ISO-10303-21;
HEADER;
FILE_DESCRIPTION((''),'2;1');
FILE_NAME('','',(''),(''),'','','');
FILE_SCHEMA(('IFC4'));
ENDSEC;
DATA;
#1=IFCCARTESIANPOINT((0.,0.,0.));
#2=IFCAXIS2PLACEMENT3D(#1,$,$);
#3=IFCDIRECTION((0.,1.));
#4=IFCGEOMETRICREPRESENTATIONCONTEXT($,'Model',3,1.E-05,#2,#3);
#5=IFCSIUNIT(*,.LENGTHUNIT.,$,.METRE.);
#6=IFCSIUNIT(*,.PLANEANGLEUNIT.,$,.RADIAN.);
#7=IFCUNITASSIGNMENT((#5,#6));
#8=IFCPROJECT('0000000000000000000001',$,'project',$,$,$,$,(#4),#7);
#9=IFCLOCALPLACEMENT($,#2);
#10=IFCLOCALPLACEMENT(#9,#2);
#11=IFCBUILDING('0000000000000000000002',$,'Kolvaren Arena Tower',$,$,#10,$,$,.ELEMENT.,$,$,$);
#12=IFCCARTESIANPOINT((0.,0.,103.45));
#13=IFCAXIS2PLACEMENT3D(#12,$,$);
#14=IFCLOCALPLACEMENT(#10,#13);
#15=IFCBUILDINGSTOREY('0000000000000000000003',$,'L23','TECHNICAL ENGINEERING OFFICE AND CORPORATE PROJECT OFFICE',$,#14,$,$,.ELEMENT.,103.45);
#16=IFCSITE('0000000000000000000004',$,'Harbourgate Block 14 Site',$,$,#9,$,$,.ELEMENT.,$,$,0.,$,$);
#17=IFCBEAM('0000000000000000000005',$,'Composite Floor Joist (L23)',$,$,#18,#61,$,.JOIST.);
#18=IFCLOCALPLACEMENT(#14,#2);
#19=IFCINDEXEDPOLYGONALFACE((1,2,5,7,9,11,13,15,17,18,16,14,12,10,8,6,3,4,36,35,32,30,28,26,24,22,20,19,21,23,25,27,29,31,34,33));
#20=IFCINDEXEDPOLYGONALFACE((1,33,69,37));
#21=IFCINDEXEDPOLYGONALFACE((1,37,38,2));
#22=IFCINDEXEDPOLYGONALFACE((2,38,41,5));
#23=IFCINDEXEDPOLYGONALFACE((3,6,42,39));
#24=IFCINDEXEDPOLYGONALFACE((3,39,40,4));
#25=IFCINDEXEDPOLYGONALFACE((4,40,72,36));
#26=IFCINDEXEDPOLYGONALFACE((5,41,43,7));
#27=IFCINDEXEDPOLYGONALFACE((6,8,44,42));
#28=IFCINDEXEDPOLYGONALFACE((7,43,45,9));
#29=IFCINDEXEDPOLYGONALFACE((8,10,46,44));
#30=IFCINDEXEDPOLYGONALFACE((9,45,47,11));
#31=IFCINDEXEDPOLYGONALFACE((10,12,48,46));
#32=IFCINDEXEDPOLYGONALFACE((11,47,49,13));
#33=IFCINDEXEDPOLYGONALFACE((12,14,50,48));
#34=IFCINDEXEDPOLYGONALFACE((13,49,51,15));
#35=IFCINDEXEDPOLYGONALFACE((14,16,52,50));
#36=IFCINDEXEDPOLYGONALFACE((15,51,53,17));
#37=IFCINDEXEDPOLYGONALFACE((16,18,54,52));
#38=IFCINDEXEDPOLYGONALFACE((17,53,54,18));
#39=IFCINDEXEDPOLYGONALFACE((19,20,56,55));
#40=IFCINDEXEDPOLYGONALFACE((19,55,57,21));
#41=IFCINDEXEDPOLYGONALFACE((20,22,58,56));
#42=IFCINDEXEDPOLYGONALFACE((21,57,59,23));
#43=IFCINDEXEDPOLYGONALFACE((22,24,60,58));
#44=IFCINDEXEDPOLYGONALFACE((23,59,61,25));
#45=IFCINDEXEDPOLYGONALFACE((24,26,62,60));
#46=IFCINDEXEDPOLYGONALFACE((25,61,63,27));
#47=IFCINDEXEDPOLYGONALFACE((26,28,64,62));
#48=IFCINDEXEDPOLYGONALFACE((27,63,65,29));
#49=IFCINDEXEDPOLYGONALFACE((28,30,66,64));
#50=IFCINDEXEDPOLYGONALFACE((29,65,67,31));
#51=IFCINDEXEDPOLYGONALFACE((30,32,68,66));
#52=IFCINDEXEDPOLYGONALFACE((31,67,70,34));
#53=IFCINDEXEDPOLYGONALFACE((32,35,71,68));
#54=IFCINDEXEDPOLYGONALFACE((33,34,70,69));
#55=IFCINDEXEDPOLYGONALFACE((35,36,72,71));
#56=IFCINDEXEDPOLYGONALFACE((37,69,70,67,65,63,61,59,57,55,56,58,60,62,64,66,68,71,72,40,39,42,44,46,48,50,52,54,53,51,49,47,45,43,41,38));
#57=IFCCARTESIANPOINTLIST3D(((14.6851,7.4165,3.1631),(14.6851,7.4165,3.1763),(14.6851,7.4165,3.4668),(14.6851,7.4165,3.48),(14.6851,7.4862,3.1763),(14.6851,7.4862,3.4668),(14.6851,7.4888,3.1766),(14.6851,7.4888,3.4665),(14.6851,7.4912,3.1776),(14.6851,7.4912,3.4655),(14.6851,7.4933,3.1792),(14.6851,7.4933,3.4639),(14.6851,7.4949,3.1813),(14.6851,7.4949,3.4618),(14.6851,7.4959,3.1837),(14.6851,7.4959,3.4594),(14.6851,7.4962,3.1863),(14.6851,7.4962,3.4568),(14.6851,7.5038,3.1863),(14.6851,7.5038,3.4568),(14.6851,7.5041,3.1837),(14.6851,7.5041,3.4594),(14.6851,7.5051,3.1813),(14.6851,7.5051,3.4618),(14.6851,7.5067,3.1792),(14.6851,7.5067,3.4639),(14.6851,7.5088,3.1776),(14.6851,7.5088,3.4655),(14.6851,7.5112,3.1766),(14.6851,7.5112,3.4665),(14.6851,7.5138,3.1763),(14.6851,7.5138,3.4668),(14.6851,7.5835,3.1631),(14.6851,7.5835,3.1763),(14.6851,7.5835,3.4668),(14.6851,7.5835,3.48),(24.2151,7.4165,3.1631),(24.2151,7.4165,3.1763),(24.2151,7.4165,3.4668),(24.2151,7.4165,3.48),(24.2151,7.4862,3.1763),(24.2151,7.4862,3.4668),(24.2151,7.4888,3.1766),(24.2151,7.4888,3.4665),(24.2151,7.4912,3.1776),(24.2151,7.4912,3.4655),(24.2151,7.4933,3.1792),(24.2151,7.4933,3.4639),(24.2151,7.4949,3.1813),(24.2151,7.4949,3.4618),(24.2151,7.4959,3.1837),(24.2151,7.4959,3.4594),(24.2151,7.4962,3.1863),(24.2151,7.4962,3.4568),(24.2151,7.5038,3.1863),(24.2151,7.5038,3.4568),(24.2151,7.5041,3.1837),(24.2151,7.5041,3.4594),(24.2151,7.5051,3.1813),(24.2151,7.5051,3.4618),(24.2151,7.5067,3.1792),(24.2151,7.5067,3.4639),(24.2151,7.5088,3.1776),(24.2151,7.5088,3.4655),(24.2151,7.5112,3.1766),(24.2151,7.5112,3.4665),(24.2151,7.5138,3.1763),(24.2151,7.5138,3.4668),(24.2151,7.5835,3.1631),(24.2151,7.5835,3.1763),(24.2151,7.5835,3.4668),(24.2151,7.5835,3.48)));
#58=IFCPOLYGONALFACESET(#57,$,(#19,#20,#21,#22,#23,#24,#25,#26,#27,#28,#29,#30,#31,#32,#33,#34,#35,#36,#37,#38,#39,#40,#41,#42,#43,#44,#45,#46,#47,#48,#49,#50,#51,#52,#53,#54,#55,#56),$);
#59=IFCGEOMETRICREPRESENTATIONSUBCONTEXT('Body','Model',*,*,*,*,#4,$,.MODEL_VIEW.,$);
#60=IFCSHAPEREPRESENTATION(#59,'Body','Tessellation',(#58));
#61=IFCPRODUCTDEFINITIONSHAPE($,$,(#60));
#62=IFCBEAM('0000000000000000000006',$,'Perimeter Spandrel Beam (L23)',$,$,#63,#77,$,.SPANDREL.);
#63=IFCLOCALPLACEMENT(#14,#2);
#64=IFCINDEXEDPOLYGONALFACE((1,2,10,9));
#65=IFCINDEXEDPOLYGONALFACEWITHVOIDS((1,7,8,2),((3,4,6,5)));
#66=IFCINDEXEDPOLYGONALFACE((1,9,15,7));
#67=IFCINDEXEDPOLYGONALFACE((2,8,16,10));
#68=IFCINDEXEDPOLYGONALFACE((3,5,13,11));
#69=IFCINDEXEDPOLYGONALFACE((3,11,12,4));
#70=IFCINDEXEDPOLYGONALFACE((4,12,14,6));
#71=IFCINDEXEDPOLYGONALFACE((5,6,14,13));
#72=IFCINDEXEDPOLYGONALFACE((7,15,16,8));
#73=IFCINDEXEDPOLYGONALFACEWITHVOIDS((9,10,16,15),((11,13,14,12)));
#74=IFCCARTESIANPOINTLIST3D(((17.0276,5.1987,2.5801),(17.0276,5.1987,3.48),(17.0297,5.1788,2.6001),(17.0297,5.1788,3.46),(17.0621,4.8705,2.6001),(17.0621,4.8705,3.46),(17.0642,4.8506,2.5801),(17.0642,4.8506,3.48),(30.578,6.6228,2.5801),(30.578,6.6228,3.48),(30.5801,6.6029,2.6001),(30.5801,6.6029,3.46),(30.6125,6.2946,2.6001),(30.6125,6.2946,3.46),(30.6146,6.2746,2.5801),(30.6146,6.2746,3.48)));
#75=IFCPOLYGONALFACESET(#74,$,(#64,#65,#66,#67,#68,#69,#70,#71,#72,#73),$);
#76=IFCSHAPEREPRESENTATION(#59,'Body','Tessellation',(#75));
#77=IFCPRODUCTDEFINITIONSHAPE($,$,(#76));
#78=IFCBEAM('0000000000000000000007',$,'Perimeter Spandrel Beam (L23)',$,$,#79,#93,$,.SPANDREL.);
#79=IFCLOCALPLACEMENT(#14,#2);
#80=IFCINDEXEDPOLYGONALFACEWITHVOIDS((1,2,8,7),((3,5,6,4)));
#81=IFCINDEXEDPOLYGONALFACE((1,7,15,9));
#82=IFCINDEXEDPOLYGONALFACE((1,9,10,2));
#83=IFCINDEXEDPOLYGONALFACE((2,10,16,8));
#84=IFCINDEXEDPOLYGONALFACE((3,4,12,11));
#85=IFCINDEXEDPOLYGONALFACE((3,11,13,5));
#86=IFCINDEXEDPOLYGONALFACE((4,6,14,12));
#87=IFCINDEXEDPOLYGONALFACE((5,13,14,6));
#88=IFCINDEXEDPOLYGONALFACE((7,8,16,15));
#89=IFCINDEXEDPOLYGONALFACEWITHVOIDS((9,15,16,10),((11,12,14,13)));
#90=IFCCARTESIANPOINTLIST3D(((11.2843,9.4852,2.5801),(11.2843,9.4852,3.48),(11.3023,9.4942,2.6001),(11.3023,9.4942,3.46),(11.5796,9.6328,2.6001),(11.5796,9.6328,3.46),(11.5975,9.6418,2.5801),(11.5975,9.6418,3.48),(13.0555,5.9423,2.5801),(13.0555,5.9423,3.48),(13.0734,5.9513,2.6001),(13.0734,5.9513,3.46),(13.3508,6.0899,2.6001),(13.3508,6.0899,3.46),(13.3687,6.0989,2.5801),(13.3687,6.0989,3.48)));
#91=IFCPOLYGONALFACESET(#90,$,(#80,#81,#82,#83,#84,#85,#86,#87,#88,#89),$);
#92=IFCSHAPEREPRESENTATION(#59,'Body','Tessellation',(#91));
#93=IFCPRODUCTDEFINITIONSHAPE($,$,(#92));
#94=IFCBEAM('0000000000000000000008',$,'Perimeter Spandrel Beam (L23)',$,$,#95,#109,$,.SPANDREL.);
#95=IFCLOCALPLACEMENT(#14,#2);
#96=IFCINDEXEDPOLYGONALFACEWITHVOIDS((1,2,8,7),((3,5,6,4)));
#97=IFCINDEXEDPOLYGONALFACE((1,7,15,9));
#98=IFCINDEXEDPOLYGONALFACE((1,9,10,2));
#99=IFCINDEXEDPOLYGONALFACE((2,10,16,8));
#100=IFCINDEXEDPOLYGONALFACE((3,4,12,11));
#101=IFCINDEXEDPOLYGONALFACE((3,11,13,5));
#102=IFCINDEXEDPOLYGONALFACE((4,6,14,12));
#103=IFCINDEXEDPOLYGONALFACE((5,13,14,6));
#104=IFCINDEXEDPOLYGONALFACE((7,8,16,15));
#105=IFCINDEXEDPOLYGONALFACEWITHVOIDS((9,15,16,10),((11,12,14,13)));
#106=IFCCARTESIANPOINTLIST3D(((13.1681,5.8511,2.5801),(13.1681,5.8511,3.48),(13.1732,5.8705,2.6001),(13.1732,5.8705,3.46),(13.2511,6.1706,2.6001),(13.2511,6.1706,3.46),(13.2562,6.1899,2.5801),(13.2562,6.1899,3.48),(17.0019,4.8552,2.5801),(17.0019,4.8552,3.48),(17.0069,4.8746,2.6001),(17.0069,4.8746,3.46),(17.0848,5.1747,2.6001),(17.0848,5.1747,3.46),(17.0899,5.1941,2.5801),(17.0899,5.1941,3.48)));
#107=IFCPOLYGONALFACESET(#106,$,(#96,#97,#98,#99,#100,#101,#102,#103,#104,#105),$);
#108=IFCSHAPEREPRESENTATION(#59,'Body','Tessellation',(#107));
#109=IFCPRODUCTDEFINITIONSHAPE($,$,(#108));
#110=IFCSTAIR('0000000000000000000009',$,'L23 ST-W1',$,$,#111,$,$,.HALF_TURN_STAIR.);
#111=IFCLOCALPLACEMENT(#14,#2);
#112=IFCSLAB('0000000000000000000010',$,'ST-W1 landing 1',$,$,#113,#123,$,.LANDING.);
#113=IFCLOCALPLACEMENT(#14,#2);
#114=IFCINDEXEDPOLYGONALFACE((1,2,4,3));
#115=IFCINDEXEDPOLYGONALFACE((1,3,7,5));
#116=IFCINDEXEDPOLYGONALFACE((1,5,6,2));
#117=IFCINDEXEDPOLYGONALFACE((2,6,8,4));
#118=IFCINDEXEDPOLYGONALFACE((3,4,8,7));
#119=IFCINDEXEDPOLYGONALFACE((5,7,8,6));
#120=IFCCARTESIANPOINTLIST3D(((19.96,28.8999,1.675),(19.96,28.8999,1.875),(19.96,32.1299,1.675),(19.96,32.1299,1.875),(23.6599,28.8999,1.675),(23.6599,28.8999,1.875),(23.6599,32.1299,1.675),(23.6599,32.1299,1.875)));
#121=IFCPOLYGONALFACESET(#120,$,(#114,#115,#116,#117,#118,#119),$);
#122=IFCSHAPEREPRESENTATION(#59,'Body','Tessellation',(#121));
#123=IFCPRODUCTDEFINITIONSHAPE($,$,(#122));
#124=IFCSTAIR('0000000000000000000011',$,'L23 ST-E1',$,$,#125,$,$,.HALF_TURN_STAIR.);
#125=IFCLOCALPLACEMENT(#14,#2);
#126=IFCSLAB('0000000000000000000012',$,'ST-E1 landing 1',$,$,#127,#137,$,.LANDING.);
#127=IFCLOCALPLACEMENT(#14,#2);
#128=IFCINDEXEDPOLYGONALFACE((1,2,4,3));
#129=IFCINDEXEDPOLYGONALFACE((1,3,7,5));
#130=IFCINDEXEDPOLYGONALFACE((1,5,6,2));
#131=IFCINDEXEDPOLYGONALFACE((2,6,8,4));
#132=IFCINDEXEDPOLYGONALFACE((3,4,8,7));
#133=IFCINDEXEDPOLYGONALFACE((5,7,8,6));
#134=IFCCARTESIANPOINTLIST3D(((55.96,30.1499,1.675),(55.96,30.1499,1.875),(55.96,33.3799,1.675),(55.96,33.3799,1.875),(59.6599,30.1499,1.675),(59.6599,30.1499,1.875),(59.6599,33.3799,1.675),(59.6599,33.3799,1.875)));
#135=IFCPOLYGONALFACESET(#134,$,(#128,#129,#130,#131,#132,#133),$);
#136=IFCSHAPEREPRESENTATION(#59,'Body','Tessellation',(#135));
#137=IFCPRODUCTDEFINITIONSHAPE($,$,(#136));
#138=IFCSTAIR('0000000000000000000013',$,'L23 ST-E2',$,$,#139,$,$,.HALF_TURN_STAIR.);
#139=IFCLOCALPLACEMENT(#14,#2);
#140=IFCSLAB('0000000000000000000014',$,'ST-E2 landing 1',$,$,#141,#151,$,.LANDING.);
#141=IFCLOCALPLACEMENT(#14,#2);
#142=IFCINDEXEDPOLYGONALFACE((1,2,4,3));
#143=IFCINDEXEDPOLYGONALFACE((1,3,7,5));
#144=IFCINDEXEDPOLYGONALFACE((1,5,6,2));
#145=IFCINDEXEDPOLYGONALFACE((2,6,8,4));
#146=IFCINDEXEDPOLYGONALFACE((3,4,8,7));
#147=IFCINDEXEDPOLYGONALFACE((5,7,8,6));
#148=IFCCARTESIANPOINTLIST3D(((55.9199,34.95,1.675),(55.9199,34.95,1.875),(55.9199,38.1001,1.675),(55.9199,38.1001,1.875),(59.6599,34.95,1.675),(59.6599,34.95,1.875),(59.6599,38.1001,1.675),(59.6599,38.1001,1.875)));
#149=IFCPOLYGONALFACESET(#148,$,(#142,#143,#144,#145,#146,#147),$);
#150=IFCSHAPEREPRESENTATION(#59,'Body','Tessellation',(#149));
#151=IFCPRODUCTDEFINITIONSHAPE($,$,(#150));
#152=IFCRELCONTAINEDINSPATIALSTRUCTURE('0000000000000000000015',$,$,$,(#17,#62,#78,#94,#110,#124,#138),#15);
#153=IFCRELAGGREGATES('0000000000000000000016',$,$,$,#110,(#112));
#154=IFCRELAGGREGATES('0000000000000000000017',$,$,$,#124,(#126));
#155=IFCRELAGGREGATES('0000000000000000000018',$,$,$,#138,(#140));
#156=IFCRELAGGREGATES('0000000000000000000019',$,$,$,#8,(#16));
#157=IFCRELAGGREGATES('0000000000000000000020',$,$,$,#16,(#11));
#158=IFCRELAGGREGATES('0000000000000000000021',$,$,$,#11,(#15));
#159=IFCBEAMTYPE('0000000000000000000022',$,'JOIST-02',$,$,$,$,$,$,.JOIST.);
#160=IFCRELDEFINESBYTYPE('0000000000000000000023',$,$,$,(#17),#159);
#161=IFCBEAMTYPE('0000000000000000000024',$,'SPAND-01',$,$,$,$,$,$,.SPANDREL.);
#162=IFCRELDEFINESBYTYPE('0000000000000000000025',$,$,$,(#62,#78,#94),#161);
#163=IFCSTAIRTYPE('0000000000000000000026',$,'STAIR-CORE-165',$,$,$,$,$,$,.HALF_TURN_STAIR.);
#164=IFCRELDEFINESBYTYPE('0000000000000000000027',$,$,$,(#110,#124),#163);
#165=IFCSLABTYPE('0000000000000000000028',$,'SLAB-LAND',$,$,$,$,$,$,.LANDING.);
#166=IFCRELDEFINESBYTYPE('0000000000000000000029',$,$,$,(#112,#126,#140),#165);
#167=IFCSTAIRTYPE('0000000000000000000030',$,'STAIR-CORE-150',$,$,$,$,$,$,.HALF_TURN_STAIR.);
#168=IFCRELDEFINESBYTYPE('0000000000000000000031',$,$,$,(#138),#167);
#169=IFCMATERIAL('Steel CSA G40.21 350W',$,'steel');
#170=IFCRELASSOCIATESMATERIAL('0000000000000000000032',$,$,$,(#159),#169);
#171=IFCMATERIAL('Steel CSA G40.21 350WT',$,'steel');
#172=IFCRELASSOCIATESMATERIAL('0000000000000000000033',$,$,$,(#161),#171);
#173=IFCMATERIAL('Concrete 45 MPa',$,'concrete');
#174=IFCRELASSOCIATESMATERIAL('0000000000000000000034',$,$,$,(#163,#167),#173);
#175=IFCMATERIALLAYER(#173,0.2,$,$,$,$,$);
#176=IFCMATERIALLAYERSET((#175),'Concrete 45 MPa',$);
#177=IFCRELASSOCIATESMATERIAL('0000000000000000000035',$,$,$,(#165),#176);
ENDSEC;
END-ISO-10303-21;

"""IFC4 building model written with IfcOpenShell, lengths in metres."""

from ifc_helpers import new_model, si_unit, direction, frame, origin, origin_2d, place, context, subcontext, project, spatial, polyline, hollow_rectangle, i_section, outline, extrude, material, layer, layer_set, material_profile, profile_set, type_object, element, aggregate, save


model = new_model("IFC4")

# Units and contexts
model_context = context("Model", 3, precision=1e-05, world=origin(), true_north=direction((0.0, 1.0)))
body_context = subcontext(model_context, "Body", "Model", "MODEL_VIEW")
ifc_project = project(units=[si_unit("LENGTHUNIT", "METRE"), si_unit("PLANEANGLEUNIT", "RADIAN")], contexts=[model_context])

# Site, building, storey
site_placement = place(None, origin())
site = spatial("IfcSite", under=ifc_project, at=site_placement, Name="Harbourgate Block 14 Site", CompositionType="ELEMENT", RefElevation=0.0)
building_placement = place(site_placement, origin())
building = spatial("IfcBuilding", under=site, at=building_placement, Name="Kolvaren Arena Tower", CompositionType="ELEMENT")
storey_placement = place(building_placement, frame((0.0, 0.0, 103.45)))
storey = spatial("IfcBuildingStorey", under=building, at=storey_placement, Name="L23", Description="TECHNICAL ENGINEERING OFFICE AND CORPORATE PROJECT OFFICE", CompositionType="ELEMENT", Elevation=103.45)

# Beams
ifc_material_1 = material(Name="Steel CSA G40.21 350W", Category="steel")
ifc_material_profile_1 = material_profile(ifc_material_1, i_section(OverallWidth=0.167, OverallDepth=0.3169, WebThickness=0.0076, FlangeThickness=0.0132, FilletRadius=0.01, at=origin_2d()), Name="W310x52")
ifc_profile_set_1 = profile_set([ifc_material_profile_1], Name="Steel CSA G40.21 350W")
beam_type_1 = type_object("IfcBeamType", Name="JOIST-02", PredefinedType="JOIST", material=ifc_profile_set_1)
beam_1_placement = place(storey_placement, frame((14.6851, 7.5, 3.3215), z_axis=(1.0, 0.0, 0.0), x_axis=(0.0, 1.0, 0.0)))
element("IfcBeam", 1, at=beam_1_placement, inside=storey, type_object=beam_type_1, Name="Composite Floor Joist (L23)", PredefinedType="JOIST", context=body_context, shape_type="SweptSolid", body=[
    extrude(i_section(OverallWidth=0.167, OverallDepth=0.3169, WebThickness=0.0076, FlangeThickness=0.0132, FilletRadius=0.01, at=origin_2d()), origin(), (0.0, 0.0, 1.0), 9.53),
])
ifc_material_2 = material(Name="Steel CSA G40.21 350WT", Category="steel")
ifc_material_profile_2 = material_profile(ifc_material_2, hollow_rectangle(XDim=0.3501, YDim=0.8999, WallThickness=0.02, at=origin_2d()), Name="HSS 900x350x20")
ifc_profile_set_2 = profile_set([ifc_material_profile_2], Name="Steel CSA G40.21 350WT")
beam_type_2 = type_object("IfcBeamType", Name="SPAND-01", PredefinedType="SPANDREL", material=ifc_profile_set_2)
beam_2_placement = place(storey_placement, frame((17.0459, 5.0247, 3.03), z_axis=(0.994523, 0.10452, 0.0), x_axis=(-0.10452, 0.994523, 0.0)))
element("IfcBeam", 2, at=beam_2_placement, inside=storey, type_object=beam_type_2, Name="Perimeter Spandrel Beam (L23)", PredefinedType="SPANDREL", context=body_context, shape_type="SweptSolid", body=[
    extrude(hollow_rectangle(XDim=0.3501, YDim=0.8999, WallThickness=0.02, at=origin_2d()), origin(), (0.0, 0.0, 1.0), 13.625),
])
for number, where, z_axis, x_axis, name in (
    (3, (11.4409, 9.5635, 3.03), (0.447164, -0.894452, 0.0), (0.894452, 0.447164, 0.0), "Perimeter Spandrel Beam (L23)"),
    (4, (13.2122, 6.0205, 3.03), (0.967879, -0.251416, 0.0), (0.251416, 0.967879, 0.0), "Perimeter Spandrel Beam (L23)"),
):
    element("IfcBeam", number, at=place(storey_placement, frame(where, z_axis=z_axis, x_axis=x_axis)), inside=storey, type_object=beam_type_2, Name=name, PredefinedType="SPANDREL", context=body_context, shape_type="SweptSolid", body=[
        extrude(hollow_rectangle(XDim=0.3501, YDim=0.8999, WallThickness=0.02, at=origin_2d()), origin(), (0.0, 0.0, 1.0), 3.9609),
    ])

# Stairs, slabs
ifc_material_3 = material(Name="Concrete 45 MPa", Category="concrete")
stair_type_1 = type_object("IfcStairType", Name="STAIR-CORE-165", PredefinedType="HALF_TURN_STAIR", material=ifc_material_3)
stair_1_placement = place(storey_placement, origin())
stair_1 = element("IfcStair", 5, at=stair_1_placement, inside=storey, type_object=stair_type_1, Name="L23 ST-W1", PredefinedType="HALF_TURN_STAIR")
ifc_layer_1 = layer(ifc_material_3, 0.2)
ifc_layer_set_1 = layer_set([ifc_layer_1], Name="Concrete 45 MPa")
slab_type_1 = type_object("IfcSlabType", Name="SLAB-LAND", PredefinedType="LANDING", material=ifc_layer_set_1)
slab_1_placement = place(storey_placement, frame((0.0, 0.0, 1.675)))
slab_1 = element("IfcSlab", 6, at=slab_1_placement, type_object=slab_type_1, Name="ST-W1 landing 1", PredefinedType="LANDING", context=body_context, shape_type="SweptSolid", body=[
    extrude(outline(polyline([(19.96, 28.8999), (23.6599, 28.8999), (23.6599, 32.1299), (19.96, 32.1299), (19.96, 28.8999)])), origin(), (0.0, 0.0, 1.0), 0.2),
])
aggregate(stair_1, [slab_1])
stair_2_placement = place(storey_placement, origin())
stair_2 = element("IfcStair", 7, at=stair_2_placement, inside=storey, type_object=stair_type_1, Name="L23 ST-E1", PredefinedType="HALF_TURN_STAIR")
slab_2_placement = place(storey_placement, frame((0.0, 0.0, 1.675)))
slab_2 = element("IfcSlab", 8, at=slab_2_placement, type_object=slab_type_1, Name="ST-E1 landing 1", PredefinedType="LANDING", context=body_context, shape_type="SweptSolid", body=[
    extrude(outline(polyline([(55.96, 30.1499), (59.6599, 30.1499), (59.6599, 33.3799), (55.96, 33.3799), (55.96, 30.1499)])), origin(), (0.0, 0.0, 1.0), 0.2),
])
aggregate(stair_2, [slab_2])
stair_type_2 = type_object("IfcStairType", Name="STAIR-CORE-150", PredefinedType="HALF_TURN_STAIR", material=ifc_material_3)
stair_3_placement = place(storey_placement, origin())
stair_3 = element("IfcStair", 9, at=stair_3_placement, inside=storey, type_object=stair_type_2, Name="L23 ST-E2", PredefinedType="HALF_TURN_STAIR")
slab_3_placement = place(storey_placement, frame((0.0, 0.0, 1.675)))
slab_3 = element("IfcSlab", 10, at=slab_3_placement, type_object=slab_type_1, Name="ST-E2 landing 1", PredefinedType="LANDING", context=body_context, shape_type="SweptSolid", body=[
    extrude(outline(polyline([(55.9199, 34.95), (59.6599, 34.95), (59.6599, 38.1001), (55.9199, 38.1001), (55.9199, 34.95)])), origin(), (0.0, 0.0, 1.0), 0.2),
])
aggregate(stair_3, [slab_3])

save(model, "model.ifc")
